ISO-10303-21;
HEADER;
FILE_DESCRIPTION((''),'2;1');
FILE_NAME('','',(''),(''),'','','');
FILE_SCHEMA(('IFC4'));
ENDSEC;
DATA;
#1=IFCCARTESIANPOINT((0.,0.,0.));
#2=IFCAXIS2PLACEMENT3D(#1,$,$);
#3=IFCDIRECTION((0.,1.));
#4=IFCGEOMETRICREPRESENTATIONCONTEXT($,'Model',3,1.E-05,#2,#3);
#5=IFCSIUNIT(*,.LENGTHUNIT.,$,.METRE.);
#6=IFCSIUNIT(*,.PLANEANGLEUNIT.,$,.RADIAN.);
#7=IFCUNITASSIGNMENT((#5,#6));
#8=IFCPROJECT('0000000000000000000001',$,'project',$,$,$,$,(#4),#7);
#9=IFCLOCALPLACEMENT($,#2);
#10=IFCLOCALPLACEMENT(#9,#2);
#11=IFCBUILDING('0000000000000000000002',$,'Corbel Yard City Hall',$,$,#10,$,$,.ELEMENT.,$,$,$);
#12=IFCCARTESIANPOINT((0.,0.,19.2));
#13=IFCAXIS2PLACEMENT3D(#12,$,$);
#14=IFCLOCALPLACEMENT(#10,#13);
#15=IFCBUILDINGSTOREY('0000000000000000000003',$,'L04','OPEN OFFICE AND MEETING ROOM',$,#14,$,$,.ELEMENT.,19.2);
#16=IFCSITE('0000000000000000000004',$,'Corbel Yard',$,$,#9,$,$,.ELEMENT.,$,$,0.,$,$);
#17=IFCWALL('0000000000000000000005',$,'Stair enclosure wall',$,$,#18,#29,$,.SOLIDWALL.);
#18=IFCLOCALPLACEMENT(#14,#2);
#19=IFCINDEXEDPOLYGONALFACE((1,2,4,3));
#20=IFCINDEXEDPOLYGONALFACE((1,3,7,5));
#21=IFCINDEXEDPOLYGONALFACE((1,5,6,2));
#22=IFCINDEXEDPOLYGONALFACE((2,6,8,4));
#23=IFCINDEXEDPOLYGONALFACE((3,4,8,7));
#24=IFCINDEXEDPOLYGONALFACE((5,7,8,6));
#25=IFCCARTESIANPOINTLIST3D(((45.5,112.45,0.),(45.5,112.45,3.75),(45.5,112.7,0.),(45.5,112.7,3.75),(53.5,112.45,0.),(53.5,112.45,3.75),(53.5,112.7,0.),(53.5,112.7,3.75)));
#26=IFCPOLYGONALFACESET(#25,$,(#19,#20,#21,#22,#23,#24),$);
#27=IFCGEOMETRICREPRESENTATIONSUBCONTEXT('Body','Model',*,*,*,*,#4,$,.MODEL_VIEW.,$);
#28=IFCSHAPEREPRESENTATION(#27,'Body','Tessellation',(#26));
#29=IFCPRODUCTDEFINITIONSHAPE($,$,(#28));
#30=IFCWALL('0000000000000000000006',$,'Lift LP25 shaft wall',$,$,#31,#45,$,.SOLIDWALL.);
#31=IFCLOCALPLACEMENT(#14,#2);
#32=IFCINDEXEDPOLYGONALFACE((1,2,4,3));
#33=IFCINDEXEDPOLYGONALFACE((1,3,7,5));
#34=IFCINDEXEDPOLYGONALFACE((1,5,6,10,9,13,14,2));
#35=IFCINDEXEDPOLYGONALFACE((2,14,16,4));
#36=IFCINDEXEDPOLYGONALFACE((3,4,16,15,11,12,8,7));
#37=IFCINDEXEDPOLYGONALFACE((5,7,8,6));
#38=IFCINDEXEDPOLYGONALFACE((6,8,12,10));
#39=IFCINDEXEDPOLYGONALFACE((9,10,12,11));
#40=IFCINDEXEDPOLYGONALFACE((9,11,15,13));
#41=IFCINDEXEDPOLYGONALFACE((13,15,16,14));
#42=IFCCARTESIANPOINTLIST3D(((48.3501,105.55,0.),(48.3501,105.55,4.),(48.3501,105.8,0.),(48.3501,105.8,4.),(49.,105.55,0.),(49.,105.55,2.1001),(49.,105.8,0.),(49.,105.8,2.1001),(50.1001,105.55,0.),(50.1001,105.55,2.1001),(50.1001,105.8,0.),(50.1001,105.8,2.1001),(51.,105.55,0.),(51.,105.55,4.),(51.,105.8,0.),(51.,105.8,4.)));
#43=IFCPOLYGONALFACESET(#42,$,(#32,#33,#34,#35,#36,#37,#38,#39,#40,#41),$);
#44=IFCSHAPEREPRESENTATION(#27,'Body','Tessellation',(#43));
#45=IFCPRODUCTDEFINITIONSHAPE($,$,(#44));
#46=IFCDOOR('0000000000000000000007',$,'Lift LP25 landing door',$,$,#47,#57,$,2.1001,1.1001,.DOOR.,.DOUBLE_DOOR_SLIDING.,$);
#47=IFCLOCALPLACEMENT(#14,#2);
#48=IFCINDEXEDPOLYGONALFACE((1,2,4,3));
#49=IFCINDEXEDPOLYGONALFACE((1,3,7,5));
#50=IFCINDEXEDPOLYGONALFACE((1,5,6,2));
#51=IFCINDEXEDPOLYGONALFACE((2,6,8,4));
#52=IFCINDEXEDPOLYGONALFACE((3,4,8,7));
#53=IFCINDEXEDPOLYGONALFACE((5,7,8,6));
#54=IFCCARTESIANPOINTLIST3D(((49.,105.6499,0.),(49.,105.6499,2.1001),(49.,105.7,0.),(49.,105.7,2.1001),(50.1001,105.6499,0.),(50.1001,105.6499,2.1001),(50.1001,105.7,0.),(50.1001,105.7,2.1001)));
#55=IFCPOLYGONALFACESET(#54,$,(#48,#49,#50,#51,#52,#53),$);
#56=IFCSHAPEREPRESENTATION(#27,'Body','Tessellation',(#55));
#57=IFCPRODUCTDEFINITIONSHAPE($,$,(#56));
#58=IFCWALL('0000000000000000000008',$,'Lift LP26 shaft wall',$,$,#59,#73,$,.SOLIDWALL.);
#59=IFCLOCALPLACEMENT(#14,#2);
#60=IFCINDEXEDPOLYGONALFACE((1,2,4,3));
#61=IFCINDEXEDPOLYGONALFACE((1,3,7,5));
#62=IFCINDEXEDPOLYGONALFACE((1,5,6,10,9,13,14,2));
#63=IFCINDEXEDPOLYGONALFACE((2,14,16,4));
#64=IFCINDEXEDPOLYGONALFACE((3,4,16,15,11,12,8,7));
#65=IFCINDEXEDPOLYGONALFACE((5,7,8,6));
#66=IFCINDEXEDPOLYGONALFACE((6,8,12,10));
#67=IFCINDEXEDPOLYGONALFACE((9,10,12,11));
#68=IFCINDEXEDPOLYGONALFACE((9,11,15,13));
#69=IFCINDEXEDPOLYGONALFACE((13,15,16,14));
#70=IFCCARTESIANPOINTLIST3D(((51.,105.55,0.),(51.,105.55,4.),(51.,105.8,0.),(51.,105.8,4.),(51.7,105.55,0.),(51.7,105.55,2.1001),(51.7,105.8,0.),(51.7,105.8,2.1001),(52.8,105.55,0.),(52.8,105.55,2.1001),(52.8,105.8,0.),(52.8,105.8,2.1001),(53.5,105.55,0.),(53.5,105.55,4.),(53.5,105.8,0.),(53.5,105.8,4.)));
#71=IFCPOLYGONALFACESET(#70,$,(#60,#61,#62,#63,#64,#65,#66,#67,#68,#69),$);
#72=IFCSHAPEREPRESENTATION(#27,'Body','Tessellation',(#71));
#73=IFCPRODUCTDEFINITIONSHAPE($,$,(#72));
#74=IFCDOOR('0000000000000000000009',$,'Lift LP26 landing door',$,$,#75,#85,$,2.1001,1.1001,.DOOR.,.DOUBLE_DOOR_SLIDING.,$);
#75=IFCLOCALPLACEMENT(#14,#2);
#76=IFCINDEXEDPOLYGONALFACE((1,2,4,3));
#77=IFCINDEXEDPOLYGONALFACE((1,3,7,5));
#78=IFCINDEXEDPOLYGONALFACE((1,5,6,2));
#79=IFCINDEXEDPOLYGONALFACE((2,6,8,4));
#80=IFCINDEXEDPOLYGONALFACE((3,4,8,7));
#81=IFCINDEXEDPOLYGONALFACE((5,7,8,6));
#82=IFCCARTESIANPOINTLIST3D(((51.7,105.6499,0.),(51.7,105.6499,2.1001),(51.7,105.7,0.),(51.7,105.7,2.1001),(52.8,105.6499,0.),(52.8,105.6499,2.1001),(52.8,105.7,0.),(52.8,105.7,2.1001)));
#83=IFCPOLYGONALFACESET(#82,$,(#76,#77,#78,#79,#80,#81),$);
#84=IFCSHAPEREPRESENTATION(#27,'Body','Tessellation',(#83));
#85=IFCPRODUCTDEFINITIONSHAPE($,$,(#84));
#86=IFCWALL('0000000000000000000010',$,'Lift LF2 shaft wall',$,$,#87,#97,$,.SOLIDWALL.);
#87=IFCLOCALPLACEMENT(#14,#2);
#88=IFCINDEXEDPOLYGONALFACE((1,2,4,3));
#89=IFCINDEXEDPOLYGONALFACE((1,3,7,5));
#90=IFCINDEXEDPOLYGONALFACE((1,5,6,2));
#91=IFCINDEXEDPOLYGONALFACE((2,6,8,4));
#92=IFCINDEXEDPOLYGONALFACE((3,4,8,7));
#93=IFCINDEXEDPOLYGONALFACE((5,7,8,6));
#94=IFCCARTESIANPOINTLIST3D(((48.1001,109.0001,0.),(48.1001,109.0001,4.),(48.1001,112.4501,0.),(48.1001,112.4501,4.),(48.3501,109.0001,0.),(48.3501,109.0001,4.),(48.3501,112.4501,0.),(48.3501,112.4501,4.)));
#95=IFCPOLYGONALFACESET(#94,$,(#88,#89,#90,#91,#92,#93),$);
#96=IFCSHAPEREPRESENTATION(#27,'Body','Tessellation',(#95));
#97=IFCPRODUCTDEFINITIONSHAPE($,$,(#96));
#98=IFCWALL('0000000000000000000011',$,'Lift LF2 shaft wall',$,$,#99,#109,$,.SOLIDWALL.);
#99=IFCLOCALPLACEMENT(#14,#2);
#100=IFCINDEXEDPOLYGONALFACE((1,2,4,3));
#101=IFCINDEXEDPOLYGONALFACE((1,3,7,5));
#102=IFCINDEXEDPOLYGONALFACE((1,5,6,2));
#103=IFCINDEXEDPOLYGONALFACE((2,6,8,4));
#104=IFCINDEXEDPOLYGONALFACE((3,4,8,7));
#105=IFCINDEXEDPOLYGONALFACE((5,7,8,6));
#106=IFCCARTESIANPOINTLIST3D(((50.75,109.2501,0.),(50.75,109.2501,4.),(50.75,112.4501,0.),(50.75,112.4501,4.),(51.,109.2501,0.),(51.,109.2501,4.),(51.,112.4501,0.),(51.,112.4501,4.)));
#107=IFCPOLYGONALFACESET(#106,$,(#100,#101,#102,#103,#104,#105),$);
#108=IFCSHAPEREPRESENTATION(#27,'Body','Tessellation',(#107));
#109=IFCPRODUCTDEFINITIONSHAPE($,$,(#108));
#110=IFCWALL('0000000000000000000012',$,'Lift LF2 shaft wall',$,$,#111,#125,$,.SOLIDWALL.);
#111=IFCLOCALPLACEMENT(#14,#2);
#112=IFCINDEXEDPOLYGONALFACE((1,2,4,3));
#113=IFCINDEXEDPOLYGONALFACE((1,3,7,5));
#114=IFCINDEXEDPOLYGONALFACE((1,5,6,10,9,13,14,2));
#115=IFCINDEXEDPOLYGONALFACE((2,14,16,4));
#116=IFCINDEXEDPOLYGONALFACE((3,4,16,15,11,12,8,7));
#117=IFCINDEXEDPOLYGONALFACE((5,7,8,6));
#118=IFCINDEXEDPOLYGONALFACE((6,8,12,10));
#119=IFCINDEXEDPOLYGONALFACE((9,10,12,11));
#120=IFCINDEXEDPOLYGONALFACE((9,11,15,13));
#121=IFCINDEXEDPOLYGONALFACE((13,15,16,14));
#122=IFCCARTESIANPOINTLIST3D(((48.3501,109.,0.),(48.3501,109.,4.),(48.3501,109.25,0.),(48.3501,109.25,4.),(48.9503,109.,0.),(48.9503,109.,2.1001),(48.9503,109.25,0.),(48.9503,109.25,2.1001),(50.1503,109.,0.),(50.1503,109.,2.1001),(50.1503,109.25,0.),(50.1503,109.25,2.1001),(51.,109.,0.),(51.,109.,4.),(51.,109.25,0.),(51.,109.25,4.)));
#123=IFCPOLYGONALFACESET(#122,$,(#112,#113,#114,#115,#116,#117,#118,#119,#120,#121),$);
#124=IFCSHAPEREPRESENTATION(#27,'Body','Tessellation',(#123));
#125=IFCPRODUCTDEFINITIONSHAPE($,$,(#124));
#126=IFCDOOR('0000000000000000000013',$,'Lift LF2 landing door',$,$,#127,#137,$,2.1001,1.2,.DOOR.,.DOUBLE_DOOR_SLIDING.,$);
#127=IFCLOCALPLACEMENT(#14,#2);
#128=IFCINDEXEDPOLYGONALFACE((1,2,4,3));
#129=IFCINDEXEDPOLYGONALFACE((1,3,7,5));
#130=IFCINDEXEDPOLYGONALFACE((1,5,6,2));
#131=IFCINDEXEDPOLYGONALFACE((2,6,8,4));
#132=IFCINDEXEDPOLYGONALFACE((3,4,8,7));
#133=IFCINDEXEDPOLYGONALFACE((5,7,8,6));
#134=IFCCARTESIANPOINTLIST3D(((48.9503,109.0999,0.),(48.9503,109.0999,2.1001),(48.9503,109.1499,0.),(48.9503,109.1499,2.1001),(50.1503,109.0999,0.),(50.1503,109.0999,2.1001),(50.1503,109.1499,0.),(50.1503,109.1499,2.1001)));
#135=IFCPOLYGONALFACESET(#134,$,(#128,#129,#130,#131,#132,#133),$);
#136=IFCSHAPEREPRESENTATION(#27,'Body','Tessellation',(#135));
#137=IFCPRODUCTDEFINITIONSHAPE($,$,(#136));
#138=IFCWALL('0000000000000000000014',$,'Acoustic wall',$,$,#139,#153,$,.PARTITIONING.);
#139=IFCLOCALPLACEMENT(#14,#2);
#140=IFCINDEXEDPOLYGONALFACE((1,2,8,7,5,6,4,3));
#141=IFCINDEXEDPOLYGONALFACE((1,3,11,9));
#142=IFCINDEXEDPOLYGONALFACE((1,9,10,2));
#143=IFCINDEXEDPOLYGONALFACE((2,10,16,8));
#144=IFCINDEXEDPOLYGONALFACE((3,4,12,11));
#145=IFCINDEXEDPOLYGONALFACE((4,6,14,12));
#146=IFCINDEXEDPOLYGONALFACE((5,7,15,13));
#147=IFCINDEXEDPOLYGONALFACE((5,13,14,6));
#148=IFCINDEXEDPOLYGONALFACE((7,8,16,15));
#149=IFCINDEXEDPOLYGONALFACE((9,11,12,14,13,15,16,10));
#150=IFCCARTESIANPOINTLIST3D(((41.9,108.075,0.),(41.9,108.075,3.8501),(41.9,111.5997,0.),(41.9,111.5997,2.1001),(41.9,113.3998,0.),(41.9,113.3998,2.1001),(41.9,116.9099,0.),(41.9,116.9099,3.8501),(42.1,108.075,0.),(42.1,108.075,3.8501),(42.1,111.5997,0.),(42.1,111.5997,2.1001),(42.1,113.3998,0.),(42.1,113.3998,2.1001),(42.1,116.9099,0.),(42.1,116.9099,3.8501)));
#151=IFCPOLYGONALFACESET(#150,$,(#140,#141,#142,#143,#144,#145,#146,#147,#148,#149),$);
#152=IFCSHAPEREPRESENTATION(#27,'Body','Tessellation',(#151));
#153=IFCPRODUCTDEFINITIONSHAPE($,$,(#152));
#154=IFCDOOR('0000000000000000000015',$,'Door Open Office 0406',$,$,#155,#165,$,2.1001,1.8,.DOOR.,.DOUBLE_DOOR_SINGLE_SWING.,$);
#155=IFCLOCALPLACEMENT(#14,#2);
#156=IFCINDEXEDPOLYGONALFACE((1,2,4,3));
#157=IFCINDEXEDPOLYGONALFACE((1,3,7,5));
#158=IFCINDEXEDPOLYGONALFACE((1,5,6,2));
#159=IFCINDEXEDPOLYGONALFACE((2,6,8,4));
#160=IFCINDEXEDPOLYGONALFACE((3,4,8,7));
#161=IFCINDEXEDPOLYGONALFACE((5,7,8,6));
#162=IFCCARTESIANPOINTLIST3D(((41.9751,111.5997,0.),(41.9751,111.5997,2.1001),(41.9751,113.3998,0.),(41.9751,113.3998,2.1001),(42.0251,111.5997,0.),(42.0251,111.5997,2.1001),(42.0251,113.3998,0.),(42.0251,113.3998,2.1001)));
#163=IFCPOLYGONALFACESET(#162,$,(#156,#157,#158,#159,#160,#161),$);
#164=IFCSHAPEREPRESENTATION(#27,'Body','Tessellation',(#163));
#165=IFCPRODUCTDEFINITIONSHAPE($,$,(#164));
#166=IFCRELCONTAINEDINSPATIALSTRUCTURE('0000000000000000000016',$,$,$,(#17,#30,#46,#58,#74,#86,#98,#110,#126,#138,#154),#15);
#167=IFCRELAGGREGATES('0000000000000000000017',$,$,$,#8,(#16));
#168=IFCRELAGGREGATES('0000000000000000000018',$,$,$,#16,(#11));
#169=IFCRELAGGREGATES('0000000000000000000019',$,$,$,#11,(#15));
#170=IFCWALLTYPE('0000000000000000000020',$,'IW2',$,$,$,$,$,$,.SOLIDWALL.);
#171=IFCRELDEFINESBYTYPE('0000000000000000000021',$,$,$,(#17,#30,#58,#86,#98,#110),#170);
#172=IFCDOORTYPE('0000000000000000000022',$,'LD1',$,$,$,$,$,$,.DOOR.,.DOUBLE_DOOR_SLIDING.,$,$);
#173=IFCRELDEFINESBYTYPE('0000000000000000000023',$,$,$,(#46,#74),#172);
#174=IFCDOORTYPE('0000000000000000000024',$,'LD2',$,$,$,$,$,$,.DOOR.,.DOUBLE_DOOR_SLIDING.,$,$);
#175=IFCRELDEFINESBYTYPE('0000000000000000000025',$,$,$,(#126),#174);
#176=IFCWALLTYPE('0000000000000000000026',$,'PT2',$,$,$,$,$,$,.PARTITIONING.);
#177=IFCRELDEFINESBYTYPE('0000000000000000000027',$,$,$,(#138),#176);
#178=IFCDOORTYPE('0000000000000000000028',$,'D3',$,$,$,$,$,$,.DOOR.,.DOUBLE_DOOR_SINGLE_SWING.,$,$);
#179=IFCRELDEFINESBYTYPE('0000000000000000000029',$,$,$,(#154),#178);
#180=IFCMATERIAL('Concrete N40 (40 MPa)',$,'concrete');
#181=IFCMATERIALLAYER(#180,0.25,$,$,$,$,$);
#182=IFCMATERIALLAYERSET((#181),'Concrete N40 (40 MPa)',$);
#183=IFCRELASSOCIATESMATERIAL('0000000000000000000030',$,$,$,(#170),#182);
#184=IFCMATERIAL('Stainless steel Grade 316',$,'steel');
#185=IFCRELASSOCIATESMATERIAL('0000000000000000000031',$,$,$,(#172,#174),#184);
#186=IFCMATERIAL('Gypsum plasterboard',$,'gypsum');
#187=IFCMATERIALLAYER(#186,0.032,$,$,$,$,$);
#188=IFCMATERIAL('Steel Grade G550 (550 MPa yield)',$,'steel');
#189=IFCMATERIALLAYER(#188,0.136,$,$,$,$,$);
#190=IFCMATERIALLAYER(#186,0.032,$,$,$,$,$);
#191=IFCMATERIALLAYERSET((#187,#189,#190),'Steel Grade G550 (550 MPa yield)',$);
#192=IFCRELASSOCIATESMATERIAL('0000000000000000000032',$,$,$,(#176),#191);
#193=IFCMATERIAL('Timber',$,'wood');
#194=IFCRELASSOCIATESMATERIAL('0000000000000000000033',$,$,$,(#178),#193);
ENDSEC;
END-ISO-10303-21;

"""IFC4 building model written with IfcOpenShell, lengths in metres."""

from ifc_helpers import new_model, si_unit, direction, frame, frame_2d, origin, place, context, subcontext, project, spatial, rectangle, extrude, material, layer, layer_set, type_object, element, fill, save


model = new_model("IFC4")

# Units and contexts
model_context = context("Model", 3, precision=1e-05, world=origin(), true_north=direction((0.0, 1.0)))
body_context = subcontext(model_context, "Body", "Model", "MODEL_VIEW")
ifc_project = project(units=[si_unit("LENGTHUNIT", "METRE"), si_unit("PLANEANGLEUNIT", "RADIAN")], contexts=[model_context])

# Site, building, storey
site_placement = place(None, origin())
site = spatial("IfcSite", under=ifc_project, at=site_placement, Name="Corbel Yard", CompositionType="ELEMENT", RefElevation=0.0)
building_placement = place(site_placement, origin())
building = spatial("IfcBuilding", under=site, at=building_placement, Name="Corbel Yard City Hall", CompositionType="ELEMENT")
storey_placement = place(building_placement, frame((0.0, 0.0, 19.2)))
storey = spatial("IfcBuildingStorey", under=building, at=storey_placement, Name="L04", Description="OPEN OFFICE AND MEETING ROOM", CompositionType="ELEMENT", Elevation=19.2)

# Wall
ifc_material_1 = material(Name="Concrete N40 (40 MPa)", Category="concrete")
ifc_layer_1 = layer(ifc_material_1, 0.25)
ifc_layer_set_1 = layer_set([ifc_layer_1], Name="Concrete N40 (40 MPa)")
wall_type_1 = type_object("IfcWallType", Name="IW2", PredefinedType="SOLIDWALL", material=ifc_layer_set_1)
wall_1_placement = place(storey_placement, frame((45.5, 112.575, 0.0), z_axis=(0.0, 0.0, 1.0), x_axis=(1.0, 0.0, 0.0)))
element("IfcWall", 1, at=wall_1_placement, inside=storey, type_object=wall_type_1, Name="Stair enclosure wall", PredefinedType="SOLIDWALL", context=body_context, shape_type="SweptSolid", body=[
    extrude(rectangle(XDim=8.0, YDim=0.25, at=frame_2d((4.0, 0.0))), origin(), (0.0, 0.0, 1.0), 3.75),
])

# Walls, openings, doors
wall_2_placement = place(storey_placement, frame((48.3501, 105.675, 0.0), z_axis=(0.0, 0.0, 1.0), x_axis=(1.0, 0.0, 0.0)))
wall_2 = element("IfcWall", 2, at=wall_2_placement, inside=storey, type_object=wall_type_1, Name="Lift LP25 shaft wall", PredefinedType="SOLIDWALL", context=body_context, shape_type="SweptSolid", body=[
    extrude(rectangle(XDim=2.6499, YDim=0.25, at=frame_2d((1.325, 0.0))), origin(), (0.0, 0.0, 1.0), 4.0),
])
opening_1_placement = place(wall_2_placement, frame((0.6499, 0.0, 0.0)))
opening_1 = element("IfcOpeningElement", 3, at=opening_1_placement, cuts=wall_2, PredefinedType="OPENING", context=body_context, shape_type="SweptSolid", body=[
    extrude(rectangle(XDim=1.1001, YDim=2.1001, at=frame_2d((0.55, 1.05))), frame((0.0, 0.135, 0.0), z_axis=(0.0, -1.0, 0.0), x_axis=(1.0, 0.0, 0.0)), (0.0, 0.0, 1.0), 0.27),
])
ifc_material_2 = material(Name="Stainless steel Grade 316", Category="steel")
door_type_1 = type_object("IfcDoorType", Name="LD1", OperationType="DOUBLE_DOOR_SLIDING", PredefinedType="DOOR", material=ifc_material_2)
door_1_placement = place(opening_1_placement, origin())
door_1 = element("IfcDoor", 4, at=door_1_placement, inside=storey, type_object=door_type_1, Name="Lift LP25 landing door", OperationType="DOUBLE_DOOR_SLIDING", OverallHeight=2.1001, OverallWidth=1.1001, PredefinedType="DOOR", context=body_context, shape_type="SweptSolid", body=[
    extrude(rectangle(XDim=1.1001, YDim=2.1001, at=frame_2d((0.55, 1.05))), frame((0.0, 0.0249, 0.0), z_axis=(0.0, -1.0, 0.0), x_axis=(1.0, 0.0, 0.0)), (0.0, 0.0, 1.0), 0.05),
])
fill(opening_1, door_1)
wall_3_placement = place(storey_placement, frame((51.0, 105.675, 0.0), z_axis=(0.0, 0.0, 1.0), x_axis=(1.0, 0.0, 0.0)))
wall_3 = element("IfcWall", 5, at=wall_3_placement, inside=storey, type_object=wall_type_1, Name="Lift LP26 shaft wall", PredefinedType="SOLIDWALL", context=body_context, shape_type="SweptSolid", body=[
    extrude(rectangle(XDim=2.5, YDim=0.25, at=frame_2d((1.25, 0.0))), origin(), (0.0, 0.0, 1.0), 4.0),
])
opening_2_placement = place(wall_3_placement, frame((0.7, 0.0, 0.0)))
opening_2 = element("IfcOpeningElement", 6, at=opening_2_placement, cuts=wall_3, PredefinedType="OPENING", context=body_context, shape_type="SweptSolid", body=[
    extrude(rectangle(XDim=1.1001, YDim=2.1001, at=frame_2d((0.55, 1.05))), frame((0.0, 0.135, 0.0), z_axis=(0.0, -1.0, 0.0), x_axis=(1.0, 0.0, 0.0)), (0.0, 0.0, 1.0), 0.27),
])
door_2_placement = place(opening_2_placement, origin())
door_2 = element("IfcDoor", 7, at=door_2_placement, inside=storey, type_object=door_type_1, Name="Lift LP26 landing door", OperationType="DOUBLE_DOOR_SLIDING", OverallHeight=2.1001, OverallWidth=1.1001, PredefinedType="DOOR", context=body_context, shape_type="SweptSolid", body=[
    extrude(rectangle(XDim=1.1001, YDim=2.1001, at=frame_2d((0.55, 1.05))), frame((0.0, 0.0249, 0.0), z_axis=(0.0, -1.0, 0.0), x_axis=(1.0, 0.0, 0.0)), (0.0, 0.0, 1.0), 0.05),
])
fill(opening_2, door_2)

# Walls
wall_4_placement = place(storey_placement, frame((48.2251, 109.0, 0.0), z_axis=(0.0, 0.0, 1.0), x_axis=(0.0, 1.0, 0.0)))
element("IfcWall", 8, at=wall_4_placement, inside=storey, type_object=wall_type_1, Name="Lift LF2 shaft wall", PredefinedType="SOLIDWALL", context=body_context, shape_type="SweptSolid", body=[
    extrude(rectangle(XDim=3.45, YDim=0.25, at=frame_2d((1.7251, 0.0))), origin(), (0.0, 0.0, 1.0), 4.0),
])
wall_5_placement = place(storey_placement, frame((50.875, 109.25, 0.0), z_axis=(0.0, 0.0, 1.0), x_axis=(0.0, 1.0, 0.0)))
element("IfcWall", 9, at=wall_5_placement, inside=storey, type_object=wall_type_1, Name="Lift LF2 shaft wall", PredefinedType="SOLIDWALL", context=body_context, shape_type="SweptSolid", body=[
    extrude(rectangle(XDim=3.2, YDim=0.25, at=frame_2d((1.6001, 0.0))), origin(), (0.0, 0.0, 1.0), 4.0),
])

# Walls, openings, doors
wall_6_placement = place(storey_placement, frame((48.3501, 109.125, 0.0), z_axis=(0.0, 0.0, 1.0), x_axis=(1.0, 0.0, 0.0)))
wall_6 = element("IfcWall", 10, at=wall_6_placement, inside=storey, type_object=wall_type_1, Name="Lift LF2 shaft wall", PredefinedType="SOLIDWALL", context=body_context, shape_type="SweptSolid", body=[
    extrude(rectangle(XDim=2.6499, YDim=0.25, at=frame_2d((1.325, 0.0))), origin(), (0.0, 0.0, 1.0), 4.0),
])
opening_3_placement = place(wall_6_placement, frame((0.6001, 0.0, 0.0)))
opening_3 = element("IfcOpeningElement", 11, at=opening_3_placement, cuts=wall_6, PredefinedType="OPENING", context=body_context, shape_type="SweptSolid", body=[
    extrude(rectangle(XDim=1.2, YDim=2.1001, at=frame_2d((0.6001, 1.05))), frame((0.0, 0.135, 0.0), z_axis=(0.0, -1.0, 0.0), x_axis=(1.0, 0.0, 0.0)), (0.0, 0.0, 1.0), 0.27),
])
door_type_2 = type_object("IfcDoorType", Name="LD2", OperationType="DOUBLE_DOOR_SLIDING", PredefinedType="DOOR", material=ifc_material_2)
door_3_placement = place(opening_3_placement, origin())
door_3 = element("IfcDoor", 12, at=door_3_placement, inside=storey, type_object=door_type_2, Name="Lift LF2 landing door", OperationType="DOUBLE_DOOR_SLIDING", OverallHeight=2.1001, OverallWidth=1.2, PredefinedType="DOOR", context=body_context, shape_type="SweptSolid", body=[
    extrude(rectangle(XDim=1.2, YDim=2.1001, at=frame_2d((0.6001, 1.05))), frame((0.0, 0.0249, 0.0), z_axis=(0.0, -1.0, 0.0), x_axis=(1.0, 0.0, 0.0)), (0.0, 0.0, 1.0), 0.05),
])
fill(opening_3, door_3)
ifc_material_3 = material(Name="Gypsum plasterboard", Category="gypsum")
ifc_layer_2 = layer(ifc_material_3, 0.032)
ifc_material_4 = material(Name="Steel Grade G550 (550 MPa yield)", Category="steel")
ifc_layer_3 = layer(ifc_material_4, 0.136)
ifc_layer_4 = layer(ifc_material_3, 0.032)
ifc_layer_set_2 = layer_set([ifc_layer_2, ifc_layer_3, ifc_layer_4], Name="Steel Grade G550 (550 MPa yield)")
wall_type_2 = type_object("IfcWallType", Name="PT2", PredefinedType="PARTITIONING", material=ifc_layer_set_2)
wall_7_placement = place(storey_placement, frame((42.0, 108.075, 0.0), z_axis=(0.0, 0.0, 1.0), x_axis=(0.0, 1.0, 0.0)))
wall_7 = element("IfcWall", 13, at=wall_7_placement, inside=storey, type_object=wall_type_2, Name="Acoustic wall", PredefinedType="PARTITIONING", context=body_context, shape_type="SweptSolid", body=[
    extrude(rectangle(XDim=8.835, YDim=0.2, at=frame_2d((4.4175, 0.0))), origin(), (0.0, 0.0, 1.0), 3.8501),
])
opening_4_placement = place(wall_7_placement, frame((3.5249, 0.0, 0.0)))
opening_4 = element("IfcOpeningElement", 14, at=opening_4_placement, cuts=wall_7, PredefinedType="OPENING", context=body_context, shape_type="SweptSolid", body=[
    extrude(rectangle(XDim=1.8, YDim=2.1001, at=frame_2d((0.8999, 1.05))), frame((0.0, 0.1099, 0.0), z_axis=(0.0, -1.0, 0.0), x_axis=(1.0, 0.0, 0.0)), (0.0, 0.0, 1.0), 0.22),
])
ifc_material_5 = material(Name="Timber", Category="wood")
door_type_3 = type_object("IfcDoorType", Name="D3", OperationType="DOUBLE_DOOR_SINGLE_SWING", PredefinedType="DOOR", material=ifc_material_5)
door_4_placement = place(opening_4_placement, origin())
door_4 = element("IfcDoor", 15, at=door_4_placement, inside=storey, type_object=door_type_3, Name="Door Open Office 0406", OperationType="DOUBLE_DOOR_SINGLE_SWING", OverallHeight=2.1001, OverallWidth=1.8, PredefinedType="DOOR", context=body_context, shape_type="SweptSolid", body=[
    extrude(rectangle(XDim=1.8, YDim=2.1001, at=frame_2d((0.8999, 1.05))), frame((0.0, 0.0249, 0.0), z_axis=(0.0, -1.0, 0.0), x_axis=(1.0, 0.0, 0.0)), (0.0, 0.0, 1.0), 0.05),
])
fill(opening_4, door_4)

save(model, "model.ifc")
